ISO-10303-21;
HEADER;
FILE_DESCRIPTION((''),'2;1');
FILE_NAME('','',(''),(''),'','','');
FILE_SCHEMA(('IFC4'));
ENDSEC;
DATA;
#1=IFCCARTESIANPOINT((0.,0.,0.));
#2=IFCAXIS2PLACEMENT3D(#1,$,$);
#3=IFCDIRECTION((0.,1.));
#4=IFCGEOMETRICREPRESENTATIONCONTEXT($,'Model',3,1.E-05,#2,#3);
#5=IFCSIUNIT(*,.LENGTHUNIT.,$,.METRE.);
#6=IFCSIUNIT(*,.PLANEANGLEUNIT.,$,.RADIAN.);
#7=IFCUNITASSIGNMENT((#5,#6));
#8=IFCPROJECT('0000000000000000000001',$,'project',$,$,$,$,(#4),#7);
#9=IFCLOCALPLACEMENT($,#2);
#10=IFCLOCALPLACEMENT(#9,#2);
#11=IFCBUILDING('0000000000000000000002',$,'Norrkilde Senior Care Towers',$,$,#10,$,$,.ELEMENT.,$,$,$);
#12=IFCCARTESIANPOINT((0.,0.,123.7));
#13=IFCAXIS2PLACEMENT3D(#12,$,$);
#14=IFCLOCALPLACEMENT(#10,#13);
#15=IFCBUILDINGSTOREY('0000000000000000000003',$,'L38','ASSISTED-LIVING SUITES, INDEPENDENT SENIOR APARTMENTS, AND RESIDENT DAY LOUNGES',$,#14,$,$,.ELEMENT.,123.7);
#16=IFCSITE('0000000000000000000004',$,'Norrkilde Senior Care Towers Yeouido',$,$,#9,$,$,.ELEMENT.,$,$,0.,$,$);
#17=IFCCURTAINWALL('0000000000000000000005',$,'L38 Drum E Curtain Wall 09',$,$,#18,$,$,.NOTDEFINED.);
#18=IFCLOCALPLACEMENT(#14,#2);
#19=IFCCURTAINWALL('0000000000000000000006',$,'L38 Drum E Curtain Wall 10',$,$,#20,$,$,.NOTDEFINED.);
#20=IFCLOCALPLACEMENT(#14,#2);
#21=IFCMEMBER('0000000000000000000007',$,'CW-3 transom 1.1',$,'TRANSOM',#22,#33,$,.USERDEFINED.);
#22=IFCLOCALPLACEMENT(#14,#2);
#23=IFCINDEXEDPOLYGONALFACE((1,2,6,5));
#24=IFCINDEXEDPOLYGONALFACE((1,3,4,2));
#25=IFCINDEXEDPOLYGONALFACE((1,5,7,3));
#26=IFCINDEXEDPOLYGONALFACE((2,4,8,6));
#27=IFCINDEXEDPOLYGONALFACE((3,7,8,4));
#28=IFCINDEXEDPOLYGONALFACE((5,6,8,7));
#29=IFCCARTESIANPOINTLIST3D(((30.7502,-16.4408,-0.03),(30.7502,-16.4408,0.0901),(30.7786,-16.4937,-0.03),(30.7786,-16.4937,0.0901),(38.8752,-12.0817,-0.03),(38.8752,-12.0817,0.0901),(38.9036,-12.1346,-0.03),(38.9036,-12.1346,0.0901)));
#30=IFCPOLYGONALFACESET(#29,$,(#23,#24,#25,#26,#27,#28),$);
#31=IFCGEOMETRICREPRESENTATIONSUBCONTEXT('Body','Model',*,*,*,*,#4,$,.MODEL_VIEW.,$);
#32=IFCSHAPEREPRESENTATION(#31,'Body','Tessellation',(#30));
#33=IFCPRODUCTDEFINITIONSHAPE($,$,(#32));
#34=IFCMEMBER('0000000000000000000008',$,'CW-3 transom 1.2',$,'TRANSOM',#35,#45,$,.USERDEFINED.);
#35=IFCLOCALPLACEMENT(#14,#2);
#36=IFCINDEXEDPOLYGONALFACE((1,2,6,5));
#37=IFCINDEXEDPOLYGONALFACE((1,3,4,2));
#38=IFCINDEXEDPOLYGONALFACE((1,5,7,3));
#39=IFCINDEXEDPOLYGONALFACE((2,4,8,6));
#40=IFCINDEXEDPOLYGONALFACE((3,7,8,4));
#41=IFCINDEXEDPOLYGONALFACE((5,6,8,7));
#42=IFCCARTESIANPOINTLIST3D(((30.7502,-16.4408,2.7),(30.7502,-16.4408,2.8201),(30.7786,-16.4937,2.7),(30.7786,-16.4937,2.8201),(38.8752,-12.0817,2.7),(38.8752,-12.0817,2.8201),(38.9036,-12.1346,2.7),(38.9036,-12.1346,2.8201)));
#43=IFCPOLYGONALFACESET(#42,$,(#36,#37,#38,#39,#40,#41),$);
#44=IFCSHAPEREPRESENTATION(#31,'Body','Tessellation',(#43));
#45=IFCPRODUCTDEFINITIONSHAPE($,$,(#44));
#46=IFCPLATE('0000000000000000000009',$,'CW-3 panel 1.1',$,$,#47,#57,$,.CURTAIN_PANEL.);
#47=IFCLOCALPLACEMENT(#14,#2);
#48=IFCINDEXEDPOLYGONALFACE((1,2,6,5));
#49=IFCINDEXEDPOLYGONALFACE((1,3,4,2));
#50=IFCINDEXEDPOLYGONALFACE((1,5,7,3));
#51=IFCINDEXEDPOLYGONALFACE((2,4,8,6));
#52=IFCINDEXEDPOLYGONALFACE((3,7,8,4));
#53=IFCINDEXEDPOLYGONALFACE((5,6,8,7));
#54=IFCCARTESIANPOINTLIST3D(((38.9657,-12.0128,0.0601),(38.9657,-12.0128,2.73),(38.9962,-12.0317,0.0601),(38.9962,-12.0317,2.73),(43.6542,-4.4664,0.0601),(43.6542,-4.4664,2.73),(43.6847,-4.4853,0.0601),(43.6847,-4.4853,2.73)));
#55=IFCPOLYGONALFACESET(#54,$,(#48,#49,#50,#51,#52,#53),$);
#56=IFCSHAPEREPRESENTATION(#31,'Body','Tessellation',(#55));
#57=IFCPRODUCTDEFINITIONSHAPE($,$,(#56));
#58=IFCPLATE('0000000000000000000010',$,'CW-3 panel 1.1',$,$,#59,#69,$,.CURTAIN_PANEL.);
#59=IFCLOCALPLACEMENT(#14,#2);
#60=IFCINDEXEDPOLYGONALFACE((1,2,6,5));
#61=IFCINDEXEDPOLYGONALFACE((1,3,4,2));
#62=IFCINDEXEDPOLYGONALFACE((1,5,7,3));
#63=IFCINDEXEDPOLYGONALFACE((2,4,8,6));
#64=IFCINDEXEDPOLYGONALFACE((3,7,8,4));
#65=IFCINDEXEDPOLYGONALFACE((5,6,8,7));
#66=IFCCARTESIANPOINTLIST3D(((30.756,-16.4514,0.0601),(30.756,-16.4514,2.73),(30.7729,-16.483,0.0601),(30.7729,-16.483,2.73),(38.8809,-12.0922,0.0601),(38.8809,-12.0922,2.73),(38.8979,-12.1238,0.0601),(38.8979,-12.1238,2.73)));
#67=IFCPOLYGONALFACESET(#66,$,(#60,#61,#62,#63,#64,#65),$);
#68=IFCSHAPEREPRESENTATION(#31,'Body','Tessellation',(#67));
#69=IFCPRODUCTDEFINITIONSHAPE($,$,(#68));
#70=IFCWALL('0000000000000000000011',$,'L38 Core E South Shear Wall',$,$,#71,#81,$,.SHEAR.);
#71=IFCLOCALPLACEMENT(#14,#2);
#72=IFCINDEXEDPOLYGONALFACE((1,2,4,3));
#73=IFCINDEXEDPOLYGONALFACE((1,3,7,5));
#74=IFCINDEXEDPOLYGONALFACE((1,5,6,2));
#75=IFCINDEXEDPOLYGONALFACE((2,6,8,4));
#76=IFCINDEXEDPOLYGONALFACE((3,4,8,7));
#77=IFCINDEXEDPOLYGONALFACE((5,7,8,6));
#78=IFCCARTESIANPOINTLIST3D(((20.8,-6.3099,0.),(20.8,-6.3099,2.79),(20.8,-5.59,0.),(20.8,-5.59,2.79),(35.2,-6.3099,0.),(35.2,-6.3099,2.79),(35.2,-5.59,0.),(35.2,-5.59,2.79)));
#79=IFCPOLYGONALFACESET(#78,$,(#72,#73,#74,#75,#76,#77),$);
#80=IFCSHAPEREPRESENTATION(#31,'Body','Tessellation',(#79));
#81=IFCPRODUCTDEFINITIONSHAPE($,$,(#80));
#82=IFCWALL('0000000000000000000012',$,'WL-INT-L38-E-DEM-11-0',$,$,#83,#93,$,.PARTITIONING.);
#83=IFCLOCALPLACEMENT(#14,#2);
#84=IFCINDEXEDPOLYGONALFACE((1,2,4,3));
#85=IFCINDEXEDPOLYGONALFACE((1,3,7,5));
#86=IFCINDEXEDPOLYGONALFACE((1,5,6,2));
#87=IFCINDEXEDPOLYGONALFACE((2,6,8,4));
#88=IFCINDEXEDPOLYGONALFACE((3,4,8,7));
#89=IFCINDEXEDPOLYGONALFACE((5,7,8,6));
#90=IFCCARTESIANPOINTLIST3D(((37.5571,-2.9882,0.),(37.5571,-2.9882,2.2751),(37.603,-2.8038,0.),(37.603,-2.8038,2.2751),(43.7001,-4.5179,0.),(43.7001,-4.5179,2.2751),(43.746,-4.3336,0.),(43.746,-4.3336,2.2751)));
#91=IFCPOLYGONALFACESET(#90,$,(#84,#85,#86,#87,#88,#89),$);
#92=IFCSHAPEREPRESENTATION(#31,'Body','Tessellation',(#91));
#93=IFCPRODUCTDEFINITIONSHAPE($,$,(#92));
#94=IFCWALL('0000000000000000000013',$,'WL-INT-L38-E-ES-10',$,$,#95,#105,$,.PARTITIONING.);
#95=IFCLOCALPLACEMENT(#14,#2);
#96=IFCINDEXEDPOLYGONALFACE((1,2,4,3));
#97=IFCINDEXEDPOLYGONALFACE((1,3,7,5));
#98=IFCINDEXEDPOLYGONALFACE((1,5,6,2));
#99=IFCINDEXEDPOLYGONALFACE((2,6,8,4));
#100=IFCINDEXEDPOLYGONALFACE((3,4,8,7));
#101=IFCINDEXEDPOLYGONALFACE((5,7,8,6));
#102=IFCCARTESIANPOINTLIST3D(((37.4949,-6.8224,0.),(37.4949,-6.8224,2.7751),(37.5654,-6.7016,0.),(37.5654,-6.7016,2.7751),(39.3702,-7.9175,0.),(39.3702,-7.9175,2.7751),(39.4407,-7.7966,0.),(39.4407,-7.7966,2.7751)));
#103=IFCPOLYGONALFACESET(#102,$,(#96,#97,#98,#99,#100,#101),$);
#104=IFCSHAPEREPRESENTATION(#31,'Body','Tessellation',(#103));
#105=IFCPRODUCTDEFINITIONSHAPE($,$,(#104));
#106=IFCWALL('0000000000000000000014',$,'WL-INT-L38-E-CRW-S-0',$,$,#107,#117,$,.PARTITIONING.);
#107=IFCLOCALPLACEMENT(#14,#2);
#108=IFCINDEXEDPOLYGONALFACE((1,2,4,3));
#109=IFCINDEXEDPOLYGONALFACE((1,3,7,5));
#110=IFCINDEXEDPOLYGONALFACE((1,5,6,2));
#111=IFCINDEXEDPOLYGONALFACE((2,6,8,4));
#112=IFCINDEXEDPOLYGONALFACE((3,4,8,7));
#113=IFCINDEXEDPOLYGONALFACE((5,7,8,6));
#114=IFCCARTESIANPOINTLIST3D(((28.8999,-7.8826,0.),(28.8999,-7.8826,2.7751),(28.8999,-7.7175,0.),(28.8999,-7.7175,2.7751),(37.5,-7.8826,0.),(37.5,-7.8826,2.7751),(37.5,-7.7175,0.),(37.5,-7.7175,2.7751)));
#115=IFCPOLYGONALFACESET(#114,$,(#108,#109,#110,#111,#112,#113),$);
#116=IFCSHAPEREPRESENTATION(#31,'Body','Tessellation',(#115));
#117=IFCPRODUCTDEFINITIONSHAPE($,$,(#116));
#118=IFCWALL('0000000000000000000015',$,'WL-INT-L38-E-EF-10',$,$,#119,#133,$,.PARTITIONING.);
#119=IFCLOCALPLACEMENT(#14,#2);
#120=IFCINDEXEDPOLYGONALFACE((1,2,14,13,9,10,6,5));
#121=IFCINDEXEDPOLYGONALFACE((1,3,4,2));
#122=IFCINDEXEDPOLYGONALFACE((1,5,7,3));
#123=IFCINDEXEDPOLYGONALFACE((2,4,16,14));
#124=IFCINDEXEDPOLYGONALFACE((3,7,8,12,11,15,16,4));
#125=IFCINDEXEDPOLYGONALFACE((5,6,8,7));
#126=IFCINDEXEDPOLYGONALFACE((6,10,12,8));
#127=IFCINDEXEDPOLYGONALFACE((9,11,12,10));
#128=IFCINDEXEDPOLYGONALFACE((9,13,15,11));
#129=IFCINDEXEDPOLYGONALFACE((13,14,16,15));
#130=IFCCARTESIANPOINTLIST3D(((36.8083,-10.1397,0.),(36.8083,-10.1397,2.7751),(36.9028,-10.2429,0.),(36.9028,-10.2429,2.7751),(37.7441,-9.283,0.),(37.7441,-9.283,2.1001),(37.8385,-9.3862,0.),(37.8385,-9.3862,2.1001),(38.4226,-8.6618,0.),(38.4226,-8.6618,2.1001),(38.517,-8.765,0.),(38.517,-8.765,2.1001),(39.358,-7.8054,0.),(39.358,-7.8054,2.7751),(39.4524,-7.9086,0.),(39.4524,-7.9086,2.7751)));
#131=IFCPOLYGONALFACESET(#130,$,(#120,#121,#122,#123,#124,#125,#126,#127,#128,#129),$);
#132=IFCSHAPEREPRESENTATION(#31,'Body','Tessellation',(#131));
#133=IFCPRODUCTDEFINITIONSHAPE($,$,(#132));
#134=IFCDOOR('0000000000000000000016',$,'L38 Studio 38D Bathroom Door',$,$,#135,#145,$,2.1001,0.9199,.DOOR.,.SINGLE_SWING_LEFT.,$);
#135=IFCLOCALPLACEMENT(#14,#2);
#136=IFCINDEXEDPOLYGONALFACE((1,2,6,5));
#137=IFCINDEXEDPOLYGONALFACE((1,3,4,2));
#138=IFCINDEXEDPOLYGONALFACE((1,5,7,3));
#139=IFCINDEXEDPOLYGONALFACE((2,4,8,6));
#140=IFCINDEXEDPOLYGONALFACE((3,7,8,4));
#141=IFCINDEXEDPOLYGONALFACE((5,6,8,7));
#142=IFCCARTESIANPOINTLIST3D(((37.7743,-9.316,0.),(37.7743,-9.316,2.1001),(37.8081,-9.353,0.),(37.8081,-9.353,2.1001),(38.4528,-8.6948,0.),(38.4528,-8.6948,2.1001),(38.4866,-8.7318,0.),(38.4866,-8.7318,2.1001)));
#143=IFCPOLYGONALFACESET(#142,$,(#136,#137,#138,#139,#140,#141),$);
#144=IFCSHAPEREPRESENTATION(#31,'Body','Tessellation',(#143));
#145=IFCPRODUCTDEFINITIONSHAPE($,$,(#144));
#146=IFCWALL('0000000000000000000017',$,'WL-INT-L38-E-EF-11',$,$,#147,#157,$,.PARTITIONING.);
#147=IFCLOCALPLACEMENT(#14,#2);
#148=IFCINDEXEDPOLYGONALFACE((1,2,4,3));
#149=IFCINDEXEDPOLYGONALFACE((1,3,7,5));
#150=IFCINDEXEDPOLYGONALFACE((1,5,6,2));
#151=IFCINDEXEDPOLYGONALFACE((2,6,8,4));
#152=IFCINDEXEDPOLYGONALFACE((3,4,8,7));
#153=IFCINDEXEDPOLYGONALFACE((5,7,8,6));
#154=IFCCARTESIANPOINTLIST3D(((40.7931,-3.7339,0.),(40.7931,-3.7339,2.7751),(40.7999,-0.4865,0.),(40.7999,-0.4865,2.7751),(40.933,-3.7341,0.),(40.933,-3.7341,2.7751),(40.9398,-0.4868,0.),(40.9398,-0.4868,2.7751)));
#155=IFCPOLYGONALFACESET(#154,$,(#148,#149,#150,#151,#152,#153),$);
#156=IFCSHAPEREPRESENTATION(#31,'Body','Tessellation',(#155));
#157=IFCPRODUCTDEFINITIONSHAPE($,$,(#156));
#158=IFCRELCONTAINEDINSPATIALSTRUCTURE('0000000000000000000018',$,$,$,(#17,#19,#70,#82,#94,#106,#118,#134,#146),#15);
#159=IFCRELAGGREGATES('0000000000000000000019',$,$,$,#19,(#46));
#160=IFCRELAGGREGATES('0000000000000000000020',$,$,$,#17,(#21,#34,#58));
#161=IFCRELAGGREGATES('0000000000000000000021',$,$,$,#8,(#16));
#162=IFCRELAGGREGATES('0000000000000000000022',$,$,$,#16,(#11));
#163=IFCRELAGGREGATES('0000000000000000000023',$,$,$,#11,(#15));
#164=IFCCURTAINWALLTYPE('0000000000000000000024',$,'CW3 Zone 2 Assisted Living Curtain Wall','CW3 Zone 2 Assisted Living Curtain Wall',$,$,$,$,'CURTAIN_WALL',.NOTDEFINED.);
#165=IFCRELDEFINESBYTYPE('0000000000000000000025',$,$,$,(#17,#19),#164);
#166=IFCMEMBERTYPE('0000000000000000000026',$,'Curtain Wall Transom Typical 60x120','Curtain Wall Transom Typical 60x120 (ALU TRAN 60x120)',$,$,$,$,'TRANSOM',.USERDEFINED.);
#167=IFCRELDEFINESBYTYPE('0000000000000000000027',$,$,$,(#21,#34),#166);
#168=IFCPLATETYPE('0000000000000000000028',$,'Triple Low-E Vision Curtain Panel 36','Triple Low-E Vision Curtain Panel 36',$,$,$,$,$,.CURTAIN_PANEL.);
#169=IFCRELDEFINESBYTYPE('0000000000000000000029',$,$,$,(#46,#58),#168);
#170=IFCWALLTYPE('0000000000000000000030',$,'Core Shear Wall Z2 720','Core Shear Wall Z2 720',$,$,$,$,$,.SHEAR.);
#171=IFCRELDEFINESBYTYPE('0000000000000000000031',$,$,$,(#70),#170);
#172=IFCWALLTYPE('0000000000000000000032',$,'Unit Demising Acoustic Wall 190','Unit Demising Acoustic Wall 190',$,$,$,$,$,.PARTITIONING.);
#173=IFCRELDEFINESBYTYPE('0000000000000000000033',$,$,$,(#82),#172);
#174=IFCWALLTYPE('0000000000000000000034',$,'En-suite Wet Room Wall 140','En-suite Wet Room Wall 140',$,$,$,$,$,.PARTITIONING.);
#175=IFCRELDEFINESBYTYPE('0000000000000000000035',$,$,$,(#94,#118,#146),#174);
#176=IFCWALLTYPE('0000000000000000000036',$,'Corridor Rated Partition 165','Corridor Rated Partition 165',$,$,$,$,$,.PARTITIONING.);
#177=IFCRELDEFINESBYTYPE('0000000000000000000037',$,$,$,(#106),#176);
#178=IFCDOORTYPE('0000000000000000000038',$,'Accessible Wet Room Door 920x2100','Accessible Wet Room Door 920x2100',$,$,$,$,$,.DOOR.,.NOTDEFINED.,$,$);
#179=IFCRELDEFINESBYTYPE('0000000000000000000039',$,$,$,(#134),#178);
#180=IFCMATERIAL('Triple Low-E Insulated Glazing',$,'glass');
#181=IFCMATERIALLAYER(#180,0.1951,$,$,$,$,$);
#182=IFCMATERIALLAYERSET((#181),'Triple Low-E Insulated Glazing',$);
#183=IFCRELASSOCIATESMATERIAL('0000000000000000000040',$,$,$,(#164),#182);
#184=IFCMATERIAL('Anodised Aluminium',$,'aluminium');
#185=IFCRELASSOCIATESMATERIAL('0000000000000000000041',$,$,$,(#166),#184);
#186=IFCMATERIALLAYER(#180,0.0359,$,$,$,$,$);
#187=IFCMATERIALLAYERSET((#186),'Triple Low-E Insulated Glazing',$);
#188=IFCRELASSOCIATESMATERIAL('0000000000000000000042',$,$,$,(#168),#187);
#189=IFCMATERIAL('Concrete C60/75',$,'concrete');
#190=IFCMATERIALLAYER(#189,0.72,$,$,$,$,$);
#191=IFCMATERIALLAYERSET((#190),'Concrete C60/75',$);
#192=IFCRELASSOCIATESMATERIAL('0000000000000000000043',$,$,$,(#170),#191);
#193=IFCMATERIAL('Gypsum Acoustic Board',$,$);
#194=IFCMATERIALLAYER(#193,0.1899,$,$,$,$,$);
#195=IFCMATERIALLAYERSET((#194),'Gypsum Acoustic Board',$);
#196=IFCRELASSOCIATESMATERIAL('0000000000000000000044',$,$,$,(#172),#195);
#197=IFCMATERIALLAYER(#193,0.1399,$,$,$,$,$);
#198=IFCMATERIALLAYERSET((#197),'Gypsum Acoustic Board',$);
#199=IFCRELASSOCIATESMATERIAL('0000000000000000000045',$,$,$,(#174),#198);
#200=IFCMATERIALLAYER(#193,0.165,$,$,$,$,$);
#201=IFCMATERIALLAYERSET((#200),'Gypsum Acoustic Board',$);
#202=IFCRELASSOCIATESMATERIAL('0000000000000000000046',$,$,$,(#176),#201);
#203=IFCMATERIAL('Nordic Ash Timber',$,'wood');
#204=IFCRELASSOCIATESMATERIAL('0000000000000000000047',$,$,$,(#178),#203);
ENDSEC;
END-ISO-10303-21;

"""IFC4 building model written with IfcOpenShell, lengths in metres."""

from ifc_helpers import new_model, si_unit, direction, frame, frame_2d, origin, origin_2d, place, context, subcontext, project, spatial, rectangle, extrude, source, transform, mapped, material, layer, layer_set, material_profile, profile_set, type_object, type_shapes, element, fill, aggregate, save


model = new_model("IFC4")

# Units and contexts
model_context = context("Model", 3, precision=1e-05, world=origin(), true_north=direction((0.0, 1.0)))
body_context = subcontext(model_context, "Body", "Model", "MODEL_VIEW")
ifc_project = project(units=[si_unit("LENGTHUNIT", "METRE"), si_unit("PLANEANGLEUNIT", "RADIAN")], contexts=[model_context])

# Site, building, storey
site_placement = place(None, origin())
site = spatial("IfcSite", under=ifc_project, at=site_placement, Name="Norrkilde Senior Care Towers Yeouido", CompositionType="ELEMENT", RefElevation=0.0)
building_placement = place(site_placement, origin())
building = spatial("IfcBuilding", under=site, at=building_placement, Name="Norrkilde Senior Care Towers", CompositionType="ELEMENT")
storey_placement = place(building_placement, frame((0.0, 0.0, 123.7)))
storey = spatial("IfcBuildingStorey", under=building, at=storey_placement, Name="L38", Description="ASSISTED-LIVING SUITES, INDEPENDENT SENIOR APARTMENTS, AND RESIDENT DAY LOUNGES", CompositionType="ELEMENT", Elevation=123.7)

# Shared definitions
ifc_material_1 = material(Name="Concrete C60/75", Category="concrete")

# Curtain wall
ifc_material_2 = material(Name="Triple Low-E Insulated Glazing", Category="glass")
ifc_layer_1 = layer(ifc_material_2, 0.1951)
ifc_layer_set_1 = layer_set([ifc_layer_1], Name="Triple Low-E Insulated Glazing")
curtain_wall_type = type_object("IfcCurtainWallType", Name="CW3 Zone 2 Assisted Living Curtain Wall", Description="CW3 Zone 2 Assisted Living Curtain Wall", ElementType="CURTAIN_WALL", PredefinedType="NOTDEFINED", material=ifc_layer_set_1)
curtain_wall_1_placement = place(storey_placement, origin())
curtain_wall_1 = element("IfcCurtainWall", 1, at=curtain_wall_1_placement, inside=storey, type_object=curtain_wall_type, Name="L38 Drum E Curtain Wall 09", PredefinedType="NOTDEFINED")
ifc_material_3 = material(Name="Anodised Aluminium", Category="aluminium")

# Curtain wall
curtain_wall_2_placement = place(storey_placement, origin())
curtain_wall_2 = element("IfcCurtainWall", 2, at=curtain_wall_2_placement, inside=storey, type_object=curtain_wall_type, Name="L38 Drum E Curtain Wall 10", PredefinedType="NOTDEFINED")

# Members
ifc_material_profile_1 = material_profile(ifc_material_3, rectangle(XDim=0.0601, YDim=0.1201, at=origin_2d()), Name="ALU TRAN 60x120")
ifc_profile_set_1 = profile_set([ifc_material_profile_1], Name="Anodised Aluminium")
member_type_1 = type_object("IfcMemberType", Name="Curtain Wall Transom Typical 60x120", Description="Curtain Wall Transom Typical 60x120 (ALU TRAN 60x120)", ElementType="TRANSOM", PredefinedType="USERDEFINED", material=ifc_profile_set_1)
shared_shape_1 = source(origin(), body_context, "Body", "SweptSolid", [
    extrude(rectangle(XDim=0.0601, YDim=0.1201, at=origin_2d()), origin(), (0.0, 0.0, 1.0), 9.2205),
])
member_1_placement = place(storey_placement, frame((38.8894, -12.1082, 0.03), z_axis=(-0.881189, -0.472765, 0.0), x_axis=(0.472765, -0.881189, 0.0)))
member_1 = element("IfcMember", 3, at=member_1_placement, type_object=member_type_1, Name="CW-3 transom 1.1", ObjectType="TRANSOM", PredefinedType="USERDEFINED", context=body_context, shape_type="MappedRepresentation", body=[
    mapped(shared_shape_1, transform((0.0, 0.0, 0.0), x_axis=(1.0, 0.0, 0.0), y_axis=(0.0, 1.0, 0.0), z_axis=(0.0, 0.0, 1.0), scale=1.0)),
])
member_2_placement = place(storey_placement, frame((38.8894, -12.1082, 2.76), z_axis=(-0.881189, -0.472765, 0.0), x_axis=(0.472765, -0.881189, 0.0)))
member_2 = element("IfcMember", 4, at=member_2_placement, type_object=member_type_1, Name="CW-3 transom 1.2", ObjectType="TRANSOM", PredefinedType="USERDEFINED", context=body_context, shape_type="MappedRepresentation", body=[
    mapped(shared_shape_1, transform((0.0, 0.0, 0.0), x_axis=(1.0, 0.0, 0.0), y_axis=(0.0, 1.0, 0.0), z_axis=(0.0, 0.0, 1.0), scale=1.0)),
])

# Plates
ifc_layer_2 = layer(ifc_material_2, 0.0359)
ifc_layer_set_2 = layer_set([ifc_layer_2], Name="Triple Low-E Insulated Glazing")
plate_type = type_object("IfcPlateType", Name="Triple Low-E Vision Curtain Panel 36", Description="Triple Low-E Vision Curtain Panel 36", PredefinedType="CURTAIN_PANEL", material=ifc_layer_set_2)
shared_shape_2 = source(origin(), body_context, "Body", "SweptSolid", [
    extrude(rectangle(XDim=8.8843, YDim=0.0359, at=origin_2d()), origin(), (0.0, 0.0, 1.0), 2.6699),
])
plate_1_placement = place(storey_placement, frame((41.3252, -8.249, 0.0601), z_axis=(0.0, 0.0, 1.0), x_axis=(-0.527733, -0.84941, 0.0)))
plate_1 = element("IfcPlate", 5, at=plate_1_placement, type_object=plate_type, Name="CW-3 panel 1.1", PredefinedType="CURTAIN_PANEL", context=body_context, shape_type="MappedRepresentation", body=[
    mapped(shared_shape_2, transform((0.0, 0.0, 0.0), x_axis=(1.0, 0.0, 0.0), y_axis=(0.0, 1.0, 0.0), z_axis=(0.0, 0.0, 1.0), scale=1.0)),
])
aggregate(curtain_wall_2, [plate_1])
shared_shape_3 = source(origin(), body_context, "Body", "SweptSolid", [
    extrude(rectangle(XDim=9.2205, YDim=0.0359, at=origin_2d()), origin(), (0.0, 0.0, 1.0), 2.6699),
])
type_shapes(plate_type, [shared_shape_2, shared_shape_3])
plate_2_placement = place(storey_placement, frame((34.8269, -14.2876, 0.0601), z_axis=(0.0, 0.0, 1.0), x_axis=(-0.881186, -0.472769, 0.0)))
plate_2 = element("IfcPlate", 6, at=plate_2_placement, type_object=plate_type, Name="CW-3 panel 1.1", PredefinedType="CURTAIN_PANEL", context=body_context, shape_type="MappedRepresentation", body=[
    mapped(shared_shape_3, transform((0.0, 0.0, 0.0), x_axis=(1.0, 0.0, 0.0), y_axis=(0.0, 1.0, 0.0), z_axis=(0.0, 0.0, 1.0), scale=1.0)),
])
aggregate(curtain_wall_1, [member_1, member_2, plate_2])

# Walls
ifc_layer_3 = layer(ifc_material_1, 0.72)
ifc_layer_set_3 = layer_set([ifc_layer_3], Name="Concrete C60/75")
wall_type_1 = type_object("IfcWallType", Name="Core Shear Wall Z2 720", Description="Core Shear Wall Z2 720", PredefinedType="SHEAR", material=ifc_layer_set_3)
shared_shape_4 = source(origin(), body_context, "Body", "SweptSolid", [
    extrude(rectangle(XDim=14.3999, YDim=0.72, at=frame_2d((7.2, 0.0))), origin(), (0.0, 0.0, 1.0), 2.79),
])
type_shapes(wall_type_1, [shared_shape_4])
wall_1_placement = place(storey_placement, frame((35.2, -5.95, 0.0), z_axis=(0.0, 0.0, 1.0), x_axis=(-1.0, 0.0, 0.0)))
element("IfcWall", 7, at=wall_1_placement, inside=storey, type_object=wall_type_1, Name="L38 Core E South Shear Wall", PredefinedType="SHEAR", context=body_context, shape_type="MappedRepresentation", body=[
    mapped(shared_shape_4, transform((0.0, 0.0, 0.0), x_axis=(1.0, 0.0, 0.0), y_axis=(0.0, 1.0, 0.0), z_axis=(0.0, 0.0, 1.0), scale=1.0)),
])
ifc_material_4 = material(Name="Gypsum Acoustic Board")
ifc_layer_4 = layer(ifc_material_4, 0.1899)
ifc_layer_set_4 = layer_set([ifc_layer_4], Name="Gypsum Acoustic Board")
wall_type_2 = type_object("IfcWallType", Name="Unit Demising Acoustic Wall 190", Description="Unit Demising Acoustic Wall 190", PredefinedType="PARTITIONING", material=ifc_layer_set_4)
shared_shape_5 = source(origin(), body_context, "Body", "SweptSolid", [
    extrude(rectangle(XDim=6.3306, YDim=0.1899, at=frame_2d((3.1653, 0.0))), origin(), (0.0, 0.0, 1.0), 2.2751),
])
type_shapes(wall_type_2, [shared_shape_5])
wall_2_placement = place(storey_placement, frame((37.5801, -2.896, 0.0), z_axis=(0.0, 0.0, 1.0), x_axis=(0.970364, -0.241646, 0.0)))
element("IfcWall", 8, at=wall_2_placement, inside=storey, type_object=wall_type_2, Name="WL-INT-L38-E-DEM-11-0", PredefinedType="PARTITIONING", context=body_context, shape_type="MappedRepresentation", body=[
    mapped(shared_shape_5, transform((0.0, 0.0, 0.0), x_axis=(1.0, 0.0, 0.0), y_axis=(0.0, 1.0, 0.0), z_axis=(0.0, 0.0, 1.0), scale=1.0)),
])
ifc_layer_5 = layer(ifc_material_4, 0.1399)
ifc_layer_set_5 = layer_set([ifc_layer_5], Name="Gypsum Acoustic Board")
wall_type_3 = type_object("IfcWallType", Name="En-suite Wet Room Wall 140", Description="En-suite Wet Room Wall 140", PredefinedType="PARTITIONING", material=ifc_layer_set_5)
shared_shape_6 = source(origin(), body_context, "Body", "SweptSolid", [
    extrude(rectangle(XDim=2.1716, YDim=0.1399, at=frame_2d((1.0859, 0.0))), origin(), (0.0, 0.0, 1.0), 2.7751),
])
wall_3_placement = place(storey_placement, frame((37.53, -6.762, 0.0), z_axis=(0.0, 0.0, 1.0), x_axis=(0.863563, -0.504241, 0.0)))
element("IfcWall", 9, at=wall_3_placement, inside=storey, type_object=wall_type_3, Name="WL-INT-L38-E-ES-10", PredefinedType="PARTITIONING", context=body_context, shape_type="MappedRepresentation", body=[
    mapped(shared_shape_6, transform((0.0, 0.0, 0.0), x_axis=(1.0, 0.0, 0.0), y_axis=(0.0, 1.0, 0.0), z_axis=(0.0, 0.0, 1.0), scale=1.0)),
])
ifc_layer_6 = layer(ifc_material_4, 0.165)
ifc_layer_set_6 = layer_set([ifc_layer_6], Name="Gypsum Acoustic Board")
wall_type_4 = type_object("IfcWallType", Name="Corridor Rated Partition 165", Description="Corridor Rated Partition 165", PredefinedType="PARTITIONING", material=ifc_layer_set_6)
shared_shape_7 = source(origin(), body_context, "Body", "SweptSolid", [
    extrude(rectangle(XDim=8.6001, YDim=0.165, at=frame_2d((4.3, 0.0))), origin(), (0.0, 0.0, 1.0), 2.7751),
])
type_shapes(wall_type_4, [shared_shape_7])
wall_4_placement = place(storey_placement, frame((37.5, -7.8, 0.0), z_axis=(0.0, 0.0, 1.0), x_axis=(-1.0, 0.0, 0.0)))
element("IfcWall", 10, at=wall_4_placement, inside=storey, type_object=wall_type_4, Name="WL-INT-L38-E-CRW-S-0", PredefinedType="PARTITIONING", context=body_context, shape_type="MappedRepresentation", body=[
    mapped(shared_shape_7, transform((0.0, 0.0, 0.0), x_axis=(1.0, 0.0, 0.0), y_axis=(0.0, 1.0, 0.0), z_axis=(0.0, 0.0, 1.0), scale=1.0)),
])

# Wall, opening, door
shared_shape_8 = source(origin(), body_context, "Body", "SweptSolid", [
    extrude(rectangle(XDim=3.4568, YDim=0.1399, at=frame_2d((1.7285, 0.0))), origin(), (0.0, 0.0, 1.0), 2.7751),
])
wall_5_placement = place(storey_placement, frame((39.4053, -7.8569, 0.0), z_axis=(0.0, 0.0, 1.0), x_axis=(-0.737567, -0.675274, 0.0)))
wall_5 = element("IfcWall", 11, at=wall_5_placement, inside=storey, type_object=wall_type_3, Name="WL-INT-L38-E-EF-10", PredefinedType="PARTITIONING", context=body_context, shape_type="MappedRepresentation", body=[
    mapped(shared_shape_8, transform((0.0, 0.0, 0.0), x_axis=(1.0, 0.0, 0.0), y_axis=(0.0, 1.0, 0.0), z_axis=(0.0, 0.0, 1.0), scale=1.0)),
])
opening_placement = place(wall_5_placement, frame((1.2683, 0.0, 0.0)))
opening = element("IfcOpeningElement", 12, at=opening_placement, cuts=wall_5, PredefinedType="OPENING", context=body_context, shape_type="SweptSolid", body=[
    extrude(rectangle(XDim=0.9199, YDim=2.1001, at=frame_2d((0.46, 1.05))), frame((0.0, 0.0798, 0.0), z_axis=(0.0, -1.0, 0.0), x_axis=(1.0, 0.0, 0.0)), (0.0, 0.0, 1.0), 0.1599),
])
ifc_material_5 = material(Name="Nordic Ash Timber", Category="wood")
door_type = type_object("IfcDoorType", Name="Accessible Wet Room Door 920x2100", Description="Accessible Wet Room Door 920x2100", OperationType="NOTDEFINED", PredefinedType="DOOR", material=ifc_material_5)
shared_shape_9 = source(origin(), body_context, "Body", "SweptSolid", [
    extrude(rectangle(XDim=0.9199, YDim=2.1001, at=frame_2d((0.46, 1.05))), frame((0.0, 0.0249, 0.0), z_axis=(0.0, -1.0, 0.0), x_axis=(1.0, 0.0, 0.0)), (0.0, 0.0, 1.0), 0.05),
])
type_shapes(door_type, [shared_shape_9])
door_placement = place(opening_placement, origin())
door = element("IfcDoor", 13, at=door_placement, inside=storey, type_object=door_type, Name="L38 Studio 38D Bathroom Door", OperationType="SINGLE_SWING_LEFT", OverallHeight=2.1001, OverallWidth=0.9199, PredefinedType="DOOR", context=body_context, shape_type="MappedRepresentation", body=[
    mapped(shared_shape_9, transform((0.0, 0.0, 0.0), x_axis=(1.0, 0.0, 0.0), y_axis=(0.0, 1.0, 0.0), z_axis=(0.0, 0.0, 1.0), scale=1.0)),
])
fill(opening, door)

# Wall
shared_shape_10 = source(origin(), body_context, "Body", "SweptSolid", [
    extrude(rectangle(XDim=3.2473, YDim=0.1399, at=frame_2d((1.6235, 0.0))), origin(), (0.0, 0.0, 1.0), 2.7751),
])
type_shapes(wall_type_3, [shared_shape_6, shared_shape_8, shared_shape_10])
wall_6_placement = place(storey_placement, frame((40.8699, -0.4868, 0.0), z_axis=(0.0, 0.0, 1.0), x_axis=(-0.002105, -0.999998, 0.0)))
element("IfcWall", 14, at=wall_6_placement, inside=storey, type_object=wall_type_3, Name="WL-INT-L38-E-EF-11", PredefinedType="PARTITIONING", context=body_context, shape_type="MappedRepresentation", body=[
    mapped(shared_shape_10, transform((0.0, 0.0, 0.0), x_axis=(1.0, 0.0, 0.0), y_axis=(0.0, 1.0, 0.0), z_axis=(0.0, 0.0, 1.0), scale=1.0)),
])

save(model, "model.ifc")
